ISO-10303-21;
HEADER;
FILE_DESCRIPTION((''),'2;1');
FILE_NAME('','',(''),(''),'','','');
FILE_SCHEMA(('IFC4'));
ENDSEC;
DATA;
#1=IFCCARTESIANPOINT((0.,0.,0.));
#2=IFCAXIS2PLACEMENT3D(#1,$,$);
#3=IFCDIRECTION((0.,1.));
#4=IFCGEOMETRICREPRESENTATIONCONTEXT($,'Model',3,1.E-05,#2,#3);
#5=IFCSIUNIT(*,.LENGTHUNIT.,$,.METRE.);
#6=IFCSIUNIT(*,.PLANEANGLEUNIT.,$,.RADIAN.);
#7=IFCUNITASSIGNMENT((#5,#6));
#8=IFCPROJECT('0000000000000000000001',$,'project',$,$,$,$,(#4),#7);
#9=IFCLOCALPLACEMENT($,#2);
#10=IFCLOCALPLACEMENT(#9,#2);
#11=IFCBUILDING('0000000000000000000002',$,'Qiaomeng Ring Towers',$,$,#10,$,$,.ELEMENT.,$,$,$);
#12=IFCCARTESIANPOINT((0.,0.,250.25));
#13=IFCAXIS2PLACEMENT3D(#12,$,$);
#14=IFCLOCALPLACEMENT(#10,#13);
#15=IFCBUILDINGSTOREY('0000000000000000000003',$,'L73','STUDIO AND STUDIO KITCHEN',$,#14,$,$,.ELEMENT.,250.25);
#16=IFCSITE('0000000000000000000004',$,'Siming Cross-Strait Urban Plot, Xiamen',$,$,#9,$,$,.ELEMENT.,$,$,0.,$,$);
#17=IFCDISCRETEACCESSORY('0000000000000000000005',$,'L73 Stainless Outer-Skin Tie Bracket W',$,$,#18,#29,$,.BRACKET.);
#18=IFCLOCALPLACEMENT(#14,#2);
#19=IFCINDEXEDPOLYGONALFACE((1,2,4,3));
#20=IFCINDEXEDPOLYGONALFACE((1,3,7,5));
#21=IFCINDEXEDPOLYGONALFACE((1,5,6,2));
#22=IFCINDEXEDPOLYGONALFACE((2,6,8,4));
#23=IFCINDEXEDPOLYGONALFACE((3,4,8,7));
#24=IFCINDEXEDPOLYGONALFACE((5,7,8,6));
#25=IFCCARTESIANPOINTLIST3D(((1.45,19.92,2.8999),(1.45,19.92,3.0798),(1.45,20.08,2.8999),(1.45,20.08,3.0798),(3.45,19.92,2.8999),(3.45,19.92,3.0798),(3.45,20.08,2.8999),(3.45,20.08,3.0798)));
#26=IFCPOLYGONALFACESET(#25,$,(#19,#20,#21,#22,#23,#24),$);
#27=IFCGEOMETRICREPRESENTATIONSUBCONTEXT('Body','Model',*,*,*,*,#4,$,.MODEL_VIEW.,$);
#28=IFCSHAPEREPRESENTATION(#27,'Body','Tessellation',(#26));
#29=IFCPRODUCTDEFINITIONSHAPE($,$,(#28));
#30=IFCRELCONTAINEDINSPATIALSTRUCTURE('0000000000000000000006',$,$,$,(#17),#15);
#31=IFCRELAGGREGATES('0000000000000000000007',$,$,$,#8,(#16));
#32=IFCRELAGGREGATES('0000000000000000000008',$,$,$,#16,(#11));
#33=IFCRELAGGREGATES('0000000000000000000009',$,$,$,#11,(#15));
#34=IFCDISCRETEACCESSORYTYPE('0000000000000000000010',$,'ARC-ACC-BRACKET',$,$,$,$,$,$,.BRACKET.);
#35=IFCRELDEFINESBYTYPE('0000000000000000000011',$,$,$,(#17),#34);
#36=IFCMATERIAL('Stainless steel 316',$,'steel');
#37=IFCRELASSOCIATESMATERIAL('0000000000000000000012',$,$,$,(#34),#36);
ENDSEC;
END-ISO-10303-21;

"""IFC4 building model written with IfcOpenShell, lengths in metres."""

from ifc_helpers import new_model, si_unit, direction, frame, origin, origin_2d, place, context, subcontext, project, spatial, rectangle, extrude, source, transform, mapped, material, type_object, element, save


model = new_model("IFC4")

# Units and contexts
model_context = context("Model", 3, precision=1e-05, world=origin(), true_north=direction((0.0, 1.0)))
body_context = subcontext(model_context, "Body", "Model", "MODEL_VIEW")
ifc_project = project(units=[si_unit("LENGTHUNIT", "METRE"), si_unit("PLANEANGLEUNIT", "RADIAN")], contexts=[model_context])

# Site, building, storey
site_placement = place(None, origin())
site = spatial("IfcSite", under=ifc_project, at=site_placement, Name="Siming Cross-Strait Urban Plot, Xiamen", CompositionType="ELEMENT", RefElevation=0.0)
building_placement = place(site_placement, origin())
building = spatial("IfcBuilding", under=site, at=building_placement, Name="Qiaomeng Ring Towers", CompositionType="ELEMENT")
storey_placement = place(building_placement, frame((0.0, 0.0, 250.25)))
storey = spatial("IfcBuildingStorey", under=building, at=storey_placement, Name="L73", Description="STUDIO AND STUDIO KITCHEN", CompositionType="ELEMENT", Elevation=250.25)

# Shared definitions
ifc_material_1 = material(Name="Stainless steel 316", Category="steel")

# Discrete accessory
discrete_accessory_type = type_object("IfcDiscreteAccessoryType", Name="ARC-ACC-BRACKET", PredefinedType="BRACKET", material=ifc_material_1)
shared_shape_1 = source(origin(), body_context, "Body", "SweptSolid", [
    extrude(rectangle(XDim=2.0, YDim=0.1599, at=origin_2d()), origin(), (0.0, 0.0, 1.0), 0.1799),
])
discrete_accessory_placement = place(storey_placement, frame((2.45, 20.0, 2.8999), z_axis=(0.0, 0.0, 1.0), x_axis=(1.0, 0.0, 0.0)))
element("IfcDiscreteAccessory", 1, at=discrete_accessory_placement, inside=storey, type_object=discrete_accessory_type, Name="L73 Stainless Outer-Skin Tie Bracket W", PredefinedType="BRACKET", context=body_context, shape_type="MappedRepresentation", body=[
    mapped(shared_shape_1, transform((0.0, 0.0, 0.0), x_axis=(1.0, 0.0, 0.0), y_axis=(0.0, 1.0, 0.0), z_axis=(0.0, 0.0, 1.0), scale=1.0)),
])

save(model, "model.ifc")
